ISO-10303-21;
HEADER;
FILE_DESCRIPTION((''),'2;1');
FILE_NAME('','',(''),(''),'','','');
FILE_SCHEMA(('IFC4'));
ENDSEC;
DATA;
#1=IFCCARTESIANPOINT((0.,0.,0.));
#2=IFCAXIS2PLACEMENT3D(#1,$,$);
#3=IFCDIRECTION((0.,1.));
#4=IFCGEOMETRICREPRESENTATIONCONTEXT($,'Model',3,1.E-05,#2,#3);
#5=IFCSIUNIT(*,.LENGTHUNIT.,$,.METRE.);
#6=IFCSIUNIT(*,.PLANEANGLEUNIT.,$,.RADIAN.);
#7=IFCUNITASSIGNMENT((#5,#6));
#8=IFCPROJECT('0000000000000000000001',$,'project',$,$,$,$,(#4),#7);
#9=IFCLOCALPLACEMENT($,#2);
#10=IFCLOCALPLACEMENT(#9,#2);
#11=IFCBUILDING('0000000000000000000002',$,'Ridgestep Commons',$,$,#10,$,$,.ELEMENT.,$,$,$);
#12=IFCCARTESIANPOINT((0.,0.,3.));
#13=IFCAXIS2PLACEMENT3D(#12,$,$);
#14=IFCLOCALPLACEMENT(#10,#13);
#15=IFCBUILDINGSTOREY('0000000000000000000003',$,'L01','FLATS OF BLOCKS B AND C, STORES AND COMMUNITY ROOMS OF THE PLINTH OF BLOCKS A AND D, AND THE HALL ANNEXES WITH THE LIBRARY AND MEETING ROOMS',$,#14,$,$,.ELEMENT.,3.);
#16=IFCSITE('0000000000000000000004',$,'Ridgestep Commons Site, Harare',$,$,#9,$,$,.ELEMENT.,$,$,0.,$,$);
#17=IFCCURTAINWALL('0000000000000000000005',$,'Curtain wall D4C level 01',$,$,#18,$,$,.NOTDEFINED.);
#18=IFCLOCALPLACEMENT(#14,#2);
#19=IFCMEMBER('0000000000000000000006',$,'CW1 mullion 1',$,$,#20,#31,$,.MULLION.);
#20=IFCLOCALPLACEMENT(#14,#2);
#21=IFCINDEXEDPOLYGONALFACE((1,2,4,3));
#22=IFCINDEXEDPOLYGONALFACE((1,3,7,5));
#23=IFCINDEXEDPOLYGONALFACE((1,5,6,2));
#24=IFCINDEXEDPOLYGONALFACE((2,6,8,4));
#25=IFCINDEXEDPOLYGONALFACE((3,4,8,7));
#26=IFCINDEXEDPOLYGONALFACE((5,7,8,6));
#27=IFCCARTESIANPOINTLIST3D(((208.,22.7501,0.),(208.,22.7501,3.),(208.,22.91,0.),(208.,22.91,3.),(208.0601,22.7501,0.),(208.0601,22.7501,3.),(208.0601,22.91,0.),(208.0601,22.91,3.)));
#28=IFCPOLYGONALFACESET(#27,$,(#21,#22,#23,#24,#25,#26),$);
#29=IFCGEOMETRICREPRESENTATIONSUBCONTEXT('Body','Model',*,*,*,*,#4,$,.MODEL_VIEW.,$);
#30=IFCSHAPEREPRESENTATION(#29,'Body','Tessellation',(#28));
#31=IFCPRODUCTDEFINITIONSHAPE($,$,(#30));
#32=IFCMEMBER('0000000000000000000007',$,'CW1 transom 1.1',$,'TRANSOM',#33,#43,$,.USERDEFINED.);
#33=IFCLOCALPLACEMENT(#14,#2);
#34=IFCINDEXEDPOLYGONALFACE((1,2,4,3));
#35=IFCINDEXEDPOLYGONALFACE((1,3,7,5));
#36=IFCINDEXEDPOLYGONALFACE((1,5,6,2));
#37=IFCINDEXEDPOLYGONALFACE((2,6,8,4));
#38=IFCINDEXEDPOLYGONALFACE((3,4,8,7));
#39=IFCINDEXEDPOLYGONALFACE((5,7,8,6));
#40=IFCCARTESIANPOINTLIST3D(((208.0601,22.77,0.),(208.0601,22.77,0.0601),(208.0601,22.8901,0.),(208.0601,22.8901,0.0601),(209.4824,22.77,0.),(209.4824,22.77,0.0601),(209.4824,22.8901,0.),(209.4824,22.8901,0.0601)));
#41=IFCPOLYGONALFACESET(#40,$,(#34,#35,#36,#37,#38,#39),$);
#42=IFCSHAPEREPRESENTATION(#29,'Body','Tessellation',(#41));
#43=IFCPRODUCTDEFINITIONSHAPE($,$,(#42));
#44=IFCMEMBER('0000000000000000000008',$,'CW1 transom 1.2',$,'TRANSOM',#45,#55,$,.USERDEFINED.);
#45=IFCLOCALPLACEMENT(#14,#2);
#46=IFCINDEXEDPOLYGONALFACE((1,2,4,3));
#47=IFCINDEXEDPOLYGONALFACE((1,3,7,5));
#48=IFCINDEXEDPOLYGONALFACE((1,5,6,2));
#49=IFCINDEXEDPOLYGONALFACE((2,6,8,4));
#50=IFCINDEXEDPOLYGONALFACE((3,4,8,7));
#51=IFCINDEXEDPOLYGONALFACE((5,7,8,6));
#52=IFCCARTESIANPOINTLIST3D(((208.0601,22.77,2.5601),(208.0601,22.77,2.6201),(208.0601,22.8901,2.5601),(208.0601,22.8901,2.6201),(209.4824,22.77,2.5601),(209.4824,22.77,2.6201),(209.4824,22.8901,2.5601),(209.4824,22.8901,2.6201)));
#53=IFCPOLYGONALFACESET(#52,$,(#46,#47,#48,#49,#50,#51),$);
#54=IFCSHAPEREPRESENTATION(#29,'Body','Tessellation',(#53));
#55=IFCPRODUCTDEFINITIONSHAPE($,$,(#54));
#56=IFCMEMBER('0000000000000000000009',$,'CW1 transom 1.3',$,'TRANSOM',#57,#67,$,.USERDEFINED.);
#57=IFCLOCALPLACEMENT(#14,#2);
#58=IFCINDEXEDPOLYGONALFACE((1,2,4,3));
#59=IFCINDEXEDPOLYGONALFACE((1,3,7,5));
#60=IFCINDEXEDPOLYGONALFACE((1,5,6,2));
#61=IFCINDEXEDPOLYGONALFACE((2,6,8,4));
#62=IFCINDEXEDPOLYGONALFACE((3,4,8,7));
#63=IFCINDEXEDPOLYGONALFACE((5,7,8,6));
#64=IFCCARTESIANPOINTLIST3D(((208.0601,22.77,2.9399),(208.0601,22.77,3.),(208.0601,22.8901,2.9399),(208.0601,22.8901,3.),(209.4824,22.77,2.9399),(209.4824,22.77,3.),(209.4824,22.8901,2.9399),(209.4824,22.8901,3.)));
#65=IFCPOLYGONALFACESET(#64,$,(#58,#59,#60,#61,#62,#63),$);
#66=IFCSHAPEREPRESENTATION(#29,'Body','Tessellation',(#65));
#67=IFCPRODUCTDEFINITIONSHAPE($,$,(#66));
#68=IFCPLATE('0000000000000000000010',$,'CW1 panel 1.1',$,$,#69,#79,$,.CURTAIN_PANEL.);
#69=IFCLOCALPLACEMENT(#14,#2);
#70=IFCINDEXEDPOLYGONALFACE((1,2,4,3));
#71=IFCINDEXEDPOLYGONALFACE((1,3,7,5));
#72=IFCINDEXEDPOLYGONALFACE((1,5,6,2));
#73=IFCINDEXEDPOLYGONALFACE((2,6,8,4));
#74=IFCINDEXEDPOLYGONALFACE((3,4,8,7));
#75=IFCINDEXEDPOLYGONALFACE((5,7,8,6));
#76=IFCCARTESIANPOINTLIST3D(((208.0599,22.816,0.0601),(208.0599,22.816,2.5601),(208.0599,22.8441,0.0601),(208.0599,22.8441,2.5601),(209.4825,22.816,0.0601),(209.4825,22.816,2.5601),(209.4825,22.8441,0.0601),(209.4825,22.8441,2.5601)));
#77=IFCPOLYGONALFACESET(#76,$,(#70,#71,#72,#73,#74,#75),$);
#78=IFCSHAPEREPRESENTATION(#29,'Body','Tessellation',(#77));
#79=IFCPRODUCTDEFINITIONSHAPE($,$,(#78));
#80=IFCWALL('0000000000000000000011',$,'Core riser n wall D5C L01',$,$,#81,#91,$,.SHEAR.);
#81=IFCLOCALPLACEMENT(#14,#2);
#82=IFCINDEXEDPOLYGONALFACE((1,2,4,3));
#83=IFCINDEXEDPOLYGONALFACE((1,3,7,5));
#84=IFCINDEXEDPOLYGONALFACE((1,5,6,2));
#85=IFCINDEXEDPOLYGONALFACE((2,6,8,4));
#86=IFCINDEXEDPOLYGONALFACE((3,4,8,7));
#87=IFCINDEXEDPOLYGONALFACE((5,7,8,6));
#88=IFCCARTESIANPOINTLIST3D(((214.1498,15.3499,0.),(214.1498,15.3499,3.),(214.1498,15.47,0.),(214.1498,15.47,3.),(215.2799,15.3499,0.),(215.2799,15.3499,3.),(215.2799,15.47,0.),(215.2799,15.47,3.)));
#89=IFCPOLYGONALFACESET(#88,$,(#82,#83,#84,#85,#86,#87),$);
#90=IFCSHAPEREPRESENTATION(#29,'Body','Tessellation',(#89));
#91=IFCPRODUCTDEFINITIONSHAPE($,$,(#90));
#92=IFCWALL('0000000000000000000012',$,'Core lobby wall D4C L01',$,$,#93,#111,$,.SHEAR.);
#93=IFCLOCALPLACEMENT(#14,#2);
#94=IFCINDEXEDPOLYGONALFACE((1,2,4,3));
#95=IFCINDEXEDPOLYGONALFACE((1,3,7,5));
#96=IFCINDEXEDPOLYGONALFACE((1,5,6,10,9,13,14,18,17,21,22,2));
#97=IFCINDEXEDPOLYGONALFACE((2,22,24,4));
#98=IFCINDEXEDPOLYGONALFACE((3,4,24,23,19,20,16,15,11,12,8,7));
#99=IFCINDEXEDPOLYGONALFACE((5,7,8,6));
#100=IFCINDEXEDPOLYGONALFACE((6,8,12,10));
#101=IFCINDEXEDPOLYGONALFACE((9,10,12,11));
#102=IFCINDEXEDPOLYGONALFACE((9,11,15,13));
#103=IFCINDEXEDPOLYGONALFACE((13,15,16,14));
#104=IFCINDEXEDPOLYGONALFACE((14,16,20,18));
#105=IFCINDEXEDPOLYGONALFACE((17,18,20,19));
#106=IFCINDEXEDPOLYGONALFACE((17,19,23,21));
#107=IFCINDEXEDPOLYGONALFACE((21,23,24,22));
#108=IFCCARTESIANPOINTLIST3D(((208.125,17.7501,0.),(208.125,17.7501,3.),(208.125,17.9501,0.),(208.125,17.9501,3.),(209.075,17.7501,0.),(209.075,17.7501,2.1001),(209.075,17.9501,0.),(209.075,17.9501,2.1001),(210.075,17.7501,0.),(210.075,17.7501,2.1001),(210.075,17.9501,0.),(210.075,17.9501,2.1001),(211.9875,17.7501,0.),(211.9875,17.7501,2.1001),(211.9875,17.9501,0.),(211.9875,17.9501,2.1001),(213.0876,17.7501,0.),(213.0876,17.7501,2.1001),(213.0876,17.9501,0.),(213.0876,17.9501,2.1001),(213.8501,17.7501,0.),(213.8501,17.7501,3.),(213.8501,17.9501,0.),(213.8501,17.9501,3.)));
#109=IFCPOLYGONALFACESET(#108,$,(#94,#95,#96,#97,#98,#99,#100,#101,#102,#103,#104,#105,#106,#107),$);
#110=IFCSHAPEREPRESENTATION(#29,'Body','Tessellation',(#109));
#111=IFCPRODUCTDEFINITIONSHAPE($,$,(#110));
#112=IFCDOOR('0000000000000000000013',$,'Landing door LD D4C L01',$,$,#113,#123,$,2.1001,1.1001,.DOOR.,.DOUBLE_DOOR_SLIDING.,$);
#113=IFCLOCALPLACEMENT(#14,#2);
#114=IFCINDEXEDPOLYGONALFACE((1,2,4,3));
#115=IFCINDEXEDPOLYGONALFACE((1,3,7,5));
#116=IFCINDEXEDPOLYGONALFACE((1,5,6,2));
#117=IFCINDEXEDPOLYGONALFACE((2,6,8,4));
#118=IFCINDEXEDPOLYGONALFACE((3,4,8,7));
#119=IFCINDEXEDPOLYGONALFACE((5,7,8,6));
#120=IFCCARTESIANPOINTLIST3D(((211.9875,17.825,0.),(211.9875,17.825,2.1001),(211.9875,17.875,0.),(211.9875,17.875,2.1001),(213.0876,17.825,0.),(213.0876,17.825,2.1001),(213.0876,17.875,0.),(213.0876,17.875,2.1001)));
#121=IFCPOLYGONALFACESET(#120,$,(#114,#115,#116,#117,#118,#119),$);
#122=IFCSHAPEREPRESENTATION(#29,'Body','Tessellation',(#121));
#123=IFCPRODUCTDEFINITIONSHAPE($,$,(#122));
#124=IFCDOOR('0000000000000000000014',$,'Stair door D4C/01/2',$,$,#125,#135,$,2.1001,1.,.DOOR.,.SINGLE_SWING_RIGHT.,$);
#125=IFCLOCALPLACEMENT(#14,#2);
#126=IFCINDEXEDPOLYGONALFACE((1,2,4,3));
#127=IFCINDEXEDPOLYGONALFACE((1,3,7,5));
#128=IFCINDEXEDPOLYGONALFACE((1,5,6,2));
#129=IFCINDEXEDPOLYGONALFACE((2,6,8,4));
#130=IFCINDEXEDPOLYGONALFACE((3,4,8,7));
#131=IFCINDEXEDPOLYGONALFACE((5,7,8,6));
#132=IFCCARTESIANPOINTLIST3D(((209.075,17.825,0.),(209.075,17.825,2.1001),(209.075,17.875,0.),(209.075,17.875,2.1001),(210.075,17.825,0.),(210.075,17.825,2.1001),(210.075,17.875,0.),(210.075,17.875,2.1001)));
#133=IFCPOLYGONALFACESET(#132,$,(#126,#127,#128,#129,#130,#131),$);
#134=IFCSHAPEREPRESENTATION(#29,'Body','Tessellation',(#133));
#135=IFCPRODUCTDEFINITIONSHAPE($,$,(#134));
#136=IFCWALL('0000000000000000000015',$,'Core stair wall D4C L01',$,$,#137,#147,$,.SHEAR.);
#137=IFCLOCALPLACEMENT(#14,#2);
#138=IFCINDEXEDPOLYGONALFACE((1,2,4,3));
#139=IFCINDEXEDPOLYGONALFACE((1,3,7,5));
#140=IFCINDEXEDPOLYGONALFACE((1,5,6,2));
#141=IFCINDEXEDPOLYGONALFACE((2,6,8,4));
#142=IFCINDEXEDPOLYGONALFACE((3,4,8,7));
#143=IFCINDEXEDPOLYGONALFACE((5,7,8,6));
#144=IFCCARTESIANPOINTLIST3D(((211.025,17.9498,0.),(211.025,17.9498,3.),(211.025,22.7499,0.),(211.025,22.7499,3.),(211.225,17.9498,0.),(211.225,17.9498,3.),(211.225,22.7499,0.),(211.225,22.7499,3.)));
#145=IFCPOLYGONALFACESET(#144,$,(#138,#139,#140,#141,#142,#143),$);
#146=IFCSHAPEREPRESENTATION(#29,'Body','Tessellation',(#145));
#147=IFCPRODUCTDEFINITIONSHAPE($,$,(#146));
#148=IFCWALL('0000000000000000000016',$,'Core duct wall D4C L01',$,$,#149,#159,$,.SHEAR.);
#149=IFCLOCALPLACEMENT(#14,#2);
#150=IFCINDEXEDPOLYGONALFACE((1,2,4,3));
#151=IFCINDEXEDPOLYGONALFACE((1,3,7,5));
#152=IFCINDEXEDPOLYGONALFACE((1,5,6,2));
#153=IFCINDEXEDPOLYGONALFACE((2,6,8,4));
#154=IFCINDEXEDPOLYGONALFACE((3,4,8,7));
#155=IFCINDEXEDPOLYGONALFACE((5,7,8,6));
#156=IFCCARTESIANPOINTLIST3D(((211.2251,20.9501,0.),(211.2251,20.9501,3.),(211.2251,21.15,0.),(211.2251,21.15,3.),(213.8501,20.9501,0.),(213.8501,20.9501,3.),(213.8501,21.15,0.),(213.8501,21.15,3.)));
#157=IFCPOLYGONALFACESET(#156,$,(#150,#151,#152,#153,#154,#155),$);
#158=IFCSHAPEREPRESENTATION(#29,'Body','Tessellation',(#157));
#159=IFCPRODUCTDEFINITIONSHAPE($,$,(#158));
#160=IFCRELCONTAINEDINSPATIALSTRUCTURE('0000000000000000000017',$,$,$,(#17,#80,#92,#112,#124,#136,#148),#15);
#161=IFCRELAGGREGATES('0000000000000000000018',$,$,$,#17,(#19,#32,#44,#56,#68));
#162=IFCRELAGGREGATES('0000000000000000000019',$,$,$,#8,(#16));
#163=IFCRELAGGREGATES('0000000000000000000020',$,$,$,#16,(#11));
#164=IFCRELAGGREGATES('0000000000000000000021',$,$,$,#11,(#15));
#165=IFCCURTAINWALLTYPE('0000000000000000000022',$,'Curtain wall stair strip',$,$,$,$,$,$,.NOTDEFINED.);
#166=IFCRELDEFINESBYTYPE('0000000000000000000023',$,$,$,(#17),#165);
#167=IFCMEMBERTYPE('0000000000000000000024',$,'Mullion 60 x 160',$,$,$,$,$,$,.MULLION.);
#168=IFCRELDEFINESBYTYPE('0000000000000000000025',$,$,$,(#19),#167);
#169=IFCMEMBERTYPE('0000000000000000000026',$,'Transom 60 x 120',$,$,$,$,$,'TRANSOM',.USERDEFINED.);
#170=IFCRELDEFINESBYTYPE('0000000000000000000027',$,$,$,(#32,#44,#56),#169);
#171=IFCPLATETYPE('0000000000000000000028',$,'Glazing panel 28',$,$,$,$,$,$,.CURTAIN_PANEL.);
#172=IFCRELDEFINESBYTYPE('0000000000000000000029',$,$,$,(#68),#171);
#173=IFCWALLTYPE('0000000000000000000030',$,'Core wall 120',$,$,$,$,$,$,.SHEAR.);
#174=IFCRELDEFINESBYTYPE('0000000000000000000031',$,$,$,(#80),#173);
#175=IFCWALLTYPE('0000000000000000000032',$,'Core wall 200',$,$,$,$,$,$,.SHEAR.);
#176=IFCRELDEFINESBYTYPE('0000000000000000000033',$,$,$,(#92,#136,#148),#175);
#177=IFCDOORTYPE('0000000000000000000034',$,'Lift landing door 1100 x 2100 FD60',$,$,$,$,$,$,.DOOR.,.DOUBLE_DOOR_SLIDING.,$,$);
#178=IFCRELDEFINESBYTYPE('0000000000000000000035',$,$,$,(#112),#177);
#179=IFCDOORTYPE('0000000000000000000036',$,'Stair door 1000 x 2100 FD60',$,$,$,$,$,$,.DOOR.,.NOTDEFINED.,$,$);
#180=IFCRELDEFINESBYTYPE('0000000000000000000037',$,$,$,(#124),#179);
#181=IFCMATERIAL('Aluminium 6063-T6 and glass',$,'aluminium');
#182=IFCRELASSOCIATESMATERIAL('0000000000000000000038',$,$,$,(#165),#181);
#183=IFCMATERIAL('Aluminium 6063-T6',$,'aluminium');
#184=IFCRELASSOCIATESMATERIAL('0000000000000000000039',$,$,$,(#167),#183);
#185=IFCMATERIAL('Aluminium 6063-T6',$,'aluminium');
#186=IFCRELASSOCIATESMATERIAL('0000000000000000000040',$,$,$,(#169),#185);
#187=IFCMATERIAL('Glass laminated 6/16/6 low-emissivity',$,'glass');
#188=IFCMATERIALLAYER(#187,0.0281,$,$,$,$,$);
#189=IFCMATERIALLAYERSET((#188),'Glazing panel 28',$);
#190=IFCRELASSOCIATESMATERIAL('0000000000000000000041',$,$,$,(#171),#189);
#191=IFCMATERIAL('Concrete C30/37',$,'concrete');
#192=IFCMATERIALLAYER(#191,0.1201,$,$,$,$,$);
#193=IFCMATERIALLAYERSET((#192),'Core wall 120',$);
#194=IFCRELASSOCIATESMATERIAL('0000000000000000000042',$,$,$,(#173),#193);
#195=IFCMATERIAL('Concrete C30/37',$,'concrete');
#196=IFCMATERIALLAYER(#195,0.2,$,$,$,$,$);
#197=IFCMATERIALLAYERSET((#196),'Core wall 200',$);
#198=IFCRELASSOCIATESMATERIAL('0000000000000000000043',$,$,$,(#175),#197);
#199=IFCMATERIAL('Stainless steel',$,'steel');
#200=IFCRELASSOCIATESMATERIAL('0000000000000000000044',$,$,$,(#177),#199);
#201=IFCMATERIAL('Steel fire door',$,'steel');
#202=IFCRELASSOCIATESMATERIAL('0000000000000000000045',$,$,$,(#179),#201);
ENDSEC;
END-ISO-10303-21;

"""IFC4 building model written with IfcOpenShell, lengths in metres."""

from ifc_helpers import new_model, si_unit, direction, frame, frame_2d, origin, origin_2d, place, context, subcontext, project, spatial, rectangle, extrude, material, layer, layer_set, material_profile, profile_set, type_object, element, fill, aggregate, save


model = new_model("IFC4")

# Units and contexts
model_context = context("Model", 3, precision=1e-05, world=origin(), true_north=direction((0.0, 1.0)))
body_context = subcontext(model_context, "Body", "Model", "MODEL_VIEW")
ifc_project = project(units=[si_unit("LENGTHUNIT", "METRE"), si_unit("PLANEANGLEUNIT", "RADIAN")], contexts=[model_context])

# Site, building, storey
site_placement = place(None, origin())
site = spatial("IfcSite", under=ifc_project, at=site_placement, Name="Ridgestep Commons Site, Harare", CompositionType="ELEMENT", RefElevation=0.0)
building_placement = place(site_placement, origin())
building = spatial("IfcBuilding", under=site, at=building_placement, Name="Ridgestep Commons", CompositionType="ELEMENT")
storey_placement = place(building_placement, frame((0.0, 0.0, 3.0)))
storey = spatial("IfcBuildingStorey", under=building, at=storey_placement, Name="L01", Description="FLATS OF BLOCKS B AND C, STORES AND COMMUNITY ROOMS OF THE PLINTH OF BLOCKS A AND D, AND THE HALL ANNEXES WITH THE LIBRARY AND MEETING ROOMS", CompositionType="ELEMENT", Elevation=3.0)

# Curtain wall, members, plate
ifc_material_1 = material(Name="Aluminium 6063-T6 and glass", Category="aluminium")
curtain_wall_type = type_object("IfcCurtainWallType", Name="Curtain wall stair strip", PredefinedType="NOTDEFINED", material=ifc_material_1)
curtain_wall_placement = place(storey_placement, origin())
curtain_wall = element("IfcCurtainWall", 1, at=curtain_wall_placement, inside=storey, type_object=curtain_wall_type, Name="Curtain wall D4C level 01", PredefinedType="NOTDEFINED")
ifc_material_2 = material(Name="Aluminium 6063-T6", Category="aluminium")
ifc_material_profile_1 = material_profile(ifc_material_2, rectangle(XDim=0.1599, YDim=0.0601, at=origin_2d()), Name="Mullion 60 x 160")
ifc_profile_set_1 = profile_set([ifc_material_profile_1], Name="Aluminium 6063-T6")
member_type_1 = type_object("IfcMemberType", Name="Mullion 60 x 160", PredefinedType="MULLION", material=ifc_profile_set_1)
member_1_placement = place(storey_placement, frame((208.03, 22.8301, 0.0), z_axis=(0.0, 0.0, 1.0), x_axis=(0.0, 1.0, 0.0)))
member_1 = element("IfcMember", 2, at=member_1_placement, type_object=member_type_1, Name="CW1 mullion 1", PredefinedType="MULLION", context=body_context, shape_type="SweptSolid", body=[
    extrude(rectangle(XDim=0.1599, YDim=0.0601, at=origin_2d()), origin(), (0.0, 0.0, 1.0), 3.0),
])
ifc_material_3 = material(Name="Aluminium 6063-T6", Category="aluminium")
ifc_material_profile_2 = material_profile(ifc_material_3, rectangle(XDim=0.1201, YDim=0.0601, at=origin_2d()), Name="Transom 60 x 120")
ifc_profile_set_2 = profile_set([ifc_material_profile_2], Name="Aluminium 6063-T6")
member_type_2 = type_object("IfcMemberType", Name="Transom 60 x 120", ElementType="TRANSOM", PredefinedType="USERDEFINED", material=ifc_profile_set_2)
member_2_placement = place(storey_placement, frame((208.0601, 22.8301, 0.03), z_axis=(1.0, 0.0, 0.0), x_axis=(0.0, 1.0, 0.0)))
member_2 = element("IfcMember", 3, at=member_2_placement, type_object=member_type_2, Name="CW1 transom 1.1", ObjectType="TRANSOM", PredefinedType="USERDEFINED", context=body_context, shape_type="SweptSolid", body=[
    extrude(rectangle(XDim=0.1201, YDim=0.0601, at=origin_2d()), origin(), (0.0, 0.0, 1.0), 1.4224),
])
member_3_placement = place(storey_placement, frame((208.0601, 22.8301, 2.5901), z_axis=(1.0, 0.0, 0.0), x_axis=(0.0, 1.0, 0.0)))
member_3 = element("IfcMember", 4, at=member_3_placement, type_object=member_type_2, Name="CW1 transom 1.2", ObjectType="TRANSOM", PredefinedType="USERDEFINED", context=body_context, shape_type="SweptSolid", body=[
    extrude(rectangle(XDim=0.1201, YDim=0.0601, at=origin_2d()), origin(), (0.0, 0.0, 1.0), 1.4224),
])
member_4_placement = place(storey_placement, frame((208.0601, 22.8301, 2.97), z_axis=(1.0, 0.0, 0.0), x_axis=(0.0, 1.0, 0.0)))
member_4 = element("IfcMember", 5, at=member_4_placement, type_object=member_type_2, Name="CW1 transom 1.3", ObjectType="TRANSOM", PredefinedType="USERDEFINED", context=body_context, shape_type="SweptSolid", body=[
    extrude(rectangle(XDim=0.1201, YDim=0.0601, at=origin_2d()), origin(), (0.0, 0.0, 1.0), 1.4224),
])
ifc_material_4 = material(Name="Glass laminated 6/16/6 low-emissivity", Category="glass")
ifc_layer_1 = layer(ifc_material_4, 0.0281)
ifc_layer_set_1 = layer_set([ifc_layer_1], Name="Glazing panel 28")
plate_type = type_object("IfcPlateType", Name="Glazing panel 28", PredefinedType="CURTAIN_PANEL", material=ifc_layer_set_1)
plate_placement = place(storey_placement, frame((208.7712, 22.8301, 0.0601), z_axis=(0.0, 0.0, 1.0), x_axis=(1.0, 0.0, 0.0)))
plate = element("IfcPlate", 6, at=plate_placement, type_object=plate_type, Name="CW1 panel 1.1", PredefinedType="CURTAIN_PANEL", context=body_context, shape_type="SweptSolid", body=[
    extrude(rectangle(XDim=1.4226, YDim=0.0281, at=origin_2d()), origin(), (0.0, 0.0, 1.0), 2.5),
])
aggregate(curtain_wall, [member_1, member_2, member_3, member_4, plate])

# Wall
ifc_material_5 = material(Name="Concrete C30/37", Category="concrete")
ifc_layer_2 = layer(ifc_material_5, 0.1201)
ifc_layer_set_2 = layer_set([ifc_layer_2], Name="Core wall 120")
wall_type_1 = type_object("IfcWallType", Name="Core wall 120", PredefinedType="SHEAR", material=ifc_layer_set_2)
wall_1_placement = place(storey_placement, frame((214.1499, 15.4099, 0.0), z_axis=(0.0, 0.0, 1.0), x_axis=(1.0, 0.0, 0.0)))
element("IfcWall", 7, at=wall_1_placement, inside=storey, type_object=wall_type_1, Name="Core riser n wall D5C L01", PredefinedType="SHEAR", context=body_context, shape_type="SweptSolid", body=[
    extrude(rectangle(XDim=1.1301, YDim=0.1201, at=frame_2d((0.5649, 0.0))), origin(), (0.0, 0.0, 1.0), 3.0),
])

# Wall, openings, doors
ifc_material_6 = material(Name="Concrete C30/37", Category="concrete")
ifc_layer_3 = layer(ifc_material_6, 0.2)
ifc_layer_set_3 = layer_set([ifc_layer_3], Name="Core wall 200")
wall_type_2 = type_object("IfcWallType", Name="Core wall 200", PredefinedType="SHEAR", material=ifc_layer_set_3)
wall_2_placement = place(storey_placement, frame((208.125, 17.8501, 0.0), z_axis=(0.0, 0.0, 1.0), x_axis=(1.0, 0.0, 0.0)))
wall_2 = element("IfcWall", 8, at=wall_2_placement, inside=storey, type_object=wall_type_2, Name="Core lobby wall D4C L01", PredefinedType="SHEAR", context=body_context, shape_type="SweptSolid", body=[
    extrude(rectangle(XDim=5.7251, YDim=0.2, at=frame_2d((2.8625, 0.0))), origin(), (0.0, 0.0, 1.0), 3.0),
])
opening_1_placement = place(wall_2_placement, frame((0.95, 0.0, 0.0)))
opening_1 = element("IfcOpeningElement", 9, at=opening_1_placement, cuts=wall_2, PredefinedType="OPENING", context=body_context, shape_type="SweptSolid", body=[
    extrude(rectangle(XDim=1.0, YDim=2.1001, at=frame_2d((0.5, 1.05))), frame((0.0, 0.1099, 0.0), z_axis=(0.0, -1.0, 0.0), x_axis=(1.0, 0.0, 0.0)), (0.0, 0.0, 1.0), 0.22),
])
opening_2_placement = place(wall_2_placement, frame((3.8625, 0.0, 0.0)))
opening_2 = element("IfcOpeningElement", 10, at=opening_2_placement, cuts=wall_2, PredefinedType="OPENING", context=body_context, shape_type="SweptSolid", body=[
    extrude(rectangle(XDim=1.1001, YDim=2.1001, at=frame_2d((0.55, 1.05))), frame((0.0, 0.1099, 0.0), z_axis=(0.0, -1.0, 0.0), x_axis=(1.0, 0.0, 0.0)), (0.0, 0.0, 1.0), 0.22),
])
ifc_material_7 = material(Name="Stainless steel", Category="steel")
door_type_1 = type_object("IfcDoorType", Name="Lift landing door 1100 x 2100 FD60", OperationType="DOUBLE_DOOR_SLIDING", PredefinedType="DOOR", material=ifc_material_7)
door_1_placement = place(opening_2_placement, origin())
door_1 = element("IfcDoor", 11, at=door_1_placement, inside=storey, type_object=door_type_1, Name="Landing door LD D4C L01", OperationType="DOUBLE_DOOR_SLIDING", OverallHeight=2.1001, OverallWidth=1.1001, PredefinedType="DOOR", context=body_context, shape_type="SweptSolid", body=[
    extrude(rectangle(XDim=1.1001, YDim=2.1001, at=frame_2d((0.55, 1.05))), frame((0.0, 0.0249, 0.0), z_axis=(0.0, -1.0, 0.0), x_axis=(1.0, 0.0, 0.0)), (0.0, 0.0, 1.0), 0.05),
])
fill(opening_2, door_1)
ifc_material_8 = material(Name="Steel fire door", Category="steel")
door_type_2 = type_object("IfcDoorType", Name="Stair door 1000 x 2100 FD60", OperationType="NOTDEFINED", PredefinedType="DOOR", material=ifc_material_8)
door_2_placement = place(opening_1_placement, origin())
door_2 = element("IfcDoor", 12, at=door_2_placement, inside=storey, type_object=door_type_2, Name="Stair door D4C/01/2", OperationType="SINGLE_SWING_RIGHT", OverallHeight=2.1001, OverallWidth=1.0, PredefinedType="DOOR", context=body_context, shape_type="SweptSolid", body=[
    extrude(rectangle(XDim=1.0, YDim=2.1001, at=frame_2d((0.5, 1.05))), frame((0.0, 0.0249, 0.0), z_axis=(0.0, -1.0, 0.0), x_axis=(1.0, 0.0, 0.0)), (0.0, 0.0, 1.0), 0.05),
])
fill(opening_1, door_2)

# Walls
wall_3_placement = place(storey_placement, frame((211.125, 17.95, 0.0), z_axis=(0.0, 0.0, 1.0), x_axis=(0.0, 1.0, 0.0)))
element("IfcWall", 13, at=wall_3_placement, inside=storey, type_object=wall_type_2, Name="Core stair wall D4C L01", PredefinedType="SHEAR", context=body_context, shape_type="SweptSolid", body=[
    extrude(rectangle(XDim=4.8, YDim=0.2, at=frame_2d((2.3999, 0.0))), origin(), (0.0, 0.0, 1.0), 3.0),
])
wall_4_placement = place(storey_placement, frame((211.2251, 21.05, 0.0), z_axis=(0.0, 0.0, 1.0), x_axis=(1.0, 0.0, 0.0)))
element("IfcWall", 14, at=wall_4_placement, inside=storey, type_object=wall_type_2, Name="Core duct wall D4C L01", PredefinedType="SHEAR", context=body_context, shape_type="SweptSolid", body=[
    extrude(rectangle(XDim=2.625, YDim=0.2, at=frame_2d((1.3125, 0.0))), origin(), (0.0, 0.0, 1.0), 3.0),
])

save(model, "model.ifc")
